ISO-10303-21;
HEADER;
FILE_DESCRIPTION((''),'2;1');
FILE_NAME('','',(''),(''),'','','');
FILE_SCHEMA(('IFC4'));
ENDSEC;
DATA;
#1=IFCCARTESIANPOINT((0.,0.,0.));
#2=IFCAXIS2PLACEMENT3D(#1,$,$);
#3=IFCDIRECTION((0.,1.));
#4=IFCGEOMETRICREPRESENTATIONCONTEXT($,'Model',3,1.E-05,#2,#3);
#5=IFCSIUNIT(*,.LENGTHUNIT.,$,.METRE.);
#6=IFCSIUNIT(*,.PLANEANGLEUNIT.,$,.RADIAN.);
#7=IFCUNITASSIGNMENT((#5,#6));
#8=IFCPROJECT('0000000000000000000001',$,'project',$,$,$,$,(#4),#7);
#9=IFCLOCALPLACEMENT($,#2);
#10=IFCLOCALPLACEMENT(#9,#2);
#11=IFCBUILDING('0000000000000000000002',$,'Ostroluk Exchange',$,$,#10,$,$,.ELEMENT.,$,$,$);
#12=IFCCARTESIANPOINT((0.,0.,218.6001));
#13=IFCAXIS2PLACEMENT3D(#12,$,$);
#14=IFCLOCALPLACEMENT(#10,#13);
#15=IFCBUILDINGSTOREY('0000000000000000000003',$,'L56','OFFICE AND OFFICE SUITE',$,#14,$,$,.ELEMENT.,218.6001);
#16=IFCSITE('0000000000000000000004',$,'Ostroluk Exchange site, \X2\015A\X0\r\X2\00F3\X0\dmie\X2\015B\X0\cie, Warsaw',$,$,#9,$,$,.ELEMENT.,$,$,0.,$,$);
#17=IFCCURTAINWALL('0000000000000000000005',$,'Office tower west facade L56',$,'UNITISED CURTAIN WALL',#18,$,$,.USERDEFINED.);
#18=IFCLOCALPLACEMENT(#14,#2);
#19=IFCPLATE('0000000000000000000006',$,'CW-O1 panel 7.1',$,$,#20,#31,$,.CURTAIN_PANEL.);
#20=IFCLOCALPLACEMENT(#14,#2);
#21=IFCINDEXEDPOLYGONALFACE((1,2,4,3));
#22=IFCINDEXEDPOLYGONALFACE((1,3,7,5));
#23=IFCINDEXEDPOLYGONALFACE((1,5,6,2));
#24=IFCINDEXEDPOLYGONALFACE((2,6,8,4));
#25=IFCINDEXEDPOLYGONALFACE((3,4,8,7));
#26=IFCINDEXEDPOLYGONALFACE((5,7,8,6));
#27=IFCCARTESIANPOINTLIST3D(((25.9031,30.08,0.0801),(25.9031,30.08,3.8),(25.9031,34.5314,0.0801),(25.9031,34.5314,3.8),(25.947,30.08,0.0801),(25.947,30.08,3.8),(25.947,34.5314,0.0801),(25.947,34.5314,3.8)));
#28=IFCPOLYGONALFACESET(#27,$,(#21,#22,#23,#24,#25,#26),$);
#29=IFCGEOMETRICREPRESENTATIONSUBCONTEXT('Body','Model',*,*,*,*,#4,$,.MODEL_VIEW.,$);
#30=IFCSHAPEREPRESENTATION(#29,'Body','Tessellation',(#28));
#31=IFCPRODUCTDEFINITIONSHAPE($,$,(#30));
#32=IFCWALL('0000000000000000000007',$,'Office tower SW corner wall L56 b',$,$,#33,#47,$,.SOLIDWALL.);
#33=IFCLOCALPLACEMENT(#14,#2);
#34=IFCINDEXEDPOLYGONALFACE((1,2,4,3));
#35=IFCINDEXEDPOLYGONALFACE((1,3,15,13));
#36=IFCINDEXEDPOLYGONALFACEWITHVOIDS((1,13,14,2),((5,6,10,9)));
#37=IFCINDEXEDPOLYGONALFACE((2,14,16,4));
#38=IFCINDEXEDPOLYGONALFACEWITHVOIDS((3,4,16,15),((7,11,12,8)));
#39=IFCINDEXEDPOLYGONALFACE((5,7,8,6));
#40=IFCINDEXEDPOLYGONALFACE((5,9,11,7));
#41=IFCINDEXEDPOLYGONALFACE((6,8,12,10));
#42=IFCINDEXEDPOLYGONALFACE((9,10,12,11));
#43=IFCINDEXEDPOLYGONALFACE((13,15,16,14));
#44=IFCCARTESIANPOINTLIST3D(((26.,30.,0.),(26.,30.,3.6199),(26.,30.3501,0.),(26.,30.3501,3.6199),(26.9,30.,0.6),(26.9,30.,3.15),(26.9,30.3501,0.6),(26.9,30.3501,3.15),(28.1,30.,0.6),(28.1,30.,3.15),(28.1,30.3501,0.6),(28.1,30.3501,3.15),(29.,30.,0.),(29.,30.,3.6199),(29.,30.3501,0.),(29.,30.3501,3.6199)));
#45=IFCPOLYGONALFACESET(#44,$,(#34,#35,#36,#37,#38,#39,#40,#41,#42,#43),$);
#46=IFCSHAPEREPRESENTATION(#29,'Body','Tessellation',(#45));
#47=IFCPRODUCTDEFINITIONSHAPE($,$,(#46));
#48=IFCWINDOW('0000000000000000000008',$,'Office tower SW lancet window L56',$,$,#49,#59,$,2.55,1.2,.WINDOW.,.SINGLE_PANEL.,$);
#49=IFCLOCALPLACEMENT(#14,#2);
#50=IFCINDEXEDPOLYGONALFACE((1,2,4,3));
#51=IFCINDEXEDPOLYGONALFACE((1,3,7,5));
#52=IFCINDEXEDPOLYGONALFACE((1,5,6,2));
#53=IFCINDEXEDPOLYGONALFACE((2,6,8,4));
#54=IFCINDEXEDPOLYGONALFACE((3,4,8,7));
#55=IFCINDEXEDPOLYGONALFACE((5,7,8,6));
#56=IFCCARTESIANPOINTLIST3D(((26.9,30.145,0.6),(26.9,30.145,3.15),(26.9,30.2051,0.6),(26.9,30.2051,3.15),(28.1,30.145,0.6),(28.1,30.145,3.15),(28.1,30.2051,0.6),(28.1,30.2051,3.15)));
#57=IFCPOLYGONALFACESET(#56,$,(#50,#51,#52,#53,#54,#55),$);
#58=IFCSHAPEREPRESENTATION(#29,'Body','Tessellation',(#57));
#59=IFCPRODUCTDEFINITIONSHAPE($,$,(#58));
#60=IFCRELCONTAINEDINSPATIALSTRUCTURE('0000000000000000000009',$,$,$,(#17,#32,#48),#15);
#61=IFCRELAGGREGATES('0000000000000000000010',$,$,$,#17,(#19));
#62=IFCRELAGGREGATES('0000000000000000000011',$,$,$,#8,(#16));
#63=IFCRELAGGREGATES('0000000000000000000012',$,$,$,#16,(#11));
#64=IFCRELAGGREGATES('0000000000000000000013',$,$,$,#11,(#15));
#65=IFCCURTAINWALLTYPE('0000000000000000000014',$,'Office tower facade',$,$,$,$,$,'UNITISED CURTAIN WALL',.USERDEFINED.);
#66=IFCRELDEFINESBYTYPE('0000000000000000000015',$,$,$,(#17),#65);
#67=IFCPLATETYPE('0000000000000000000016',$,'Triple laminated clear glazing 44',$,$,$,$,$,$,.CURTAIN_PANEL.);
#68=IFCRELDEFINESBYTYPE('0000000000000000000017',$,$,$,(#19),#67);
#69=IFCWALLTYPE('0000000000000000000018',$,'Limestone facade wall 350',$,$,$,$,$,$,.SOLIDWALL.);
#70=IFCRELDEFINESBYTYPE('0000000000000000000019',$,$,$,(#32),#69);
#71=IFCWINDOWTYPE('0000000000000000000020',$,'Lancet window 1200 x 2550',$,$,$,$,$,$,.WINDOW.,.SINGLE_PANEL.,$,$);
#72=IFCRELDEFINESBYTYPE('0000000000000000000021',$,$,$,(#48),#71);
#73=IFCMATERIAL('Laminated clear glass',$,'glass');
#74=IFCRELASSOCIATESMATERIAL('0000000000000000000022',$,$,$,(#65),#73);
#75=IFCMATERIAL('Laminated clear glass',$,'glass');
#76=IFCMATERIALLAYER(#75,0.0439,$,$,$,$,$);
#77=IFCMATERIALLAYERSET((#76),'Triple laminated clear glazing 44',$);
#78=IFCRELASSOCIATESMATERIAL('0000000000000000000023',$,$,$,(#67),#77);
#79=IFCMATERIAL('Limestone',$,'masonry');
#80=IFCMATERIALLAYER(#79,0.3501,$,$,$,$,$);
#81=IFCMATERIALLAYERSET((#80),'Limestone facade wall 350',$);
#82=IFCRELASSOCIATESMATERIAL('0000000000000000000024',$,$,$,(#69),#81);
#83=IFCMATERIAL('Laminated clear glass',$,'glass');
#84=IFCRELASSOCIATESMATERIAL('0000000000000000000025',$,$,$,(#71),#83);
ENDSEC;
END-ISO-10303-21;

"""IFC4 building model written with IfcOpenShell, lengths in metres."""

from ifc_helpers import new_model, si_unit, direction, frame, frame_2d, origin, origin_2d, place, context, subcontext, project, spatial, rectangle, extrude, material, layer, layer_set, type_object, element, fill, aggregate, save


model = new_model("IFC4")

# Units and contexts
model_context = context("Model", 3, precision=1e-05, world=origin(), true_north=direction((0.0, 1.0)))
body_context = subcontext(model_context, "Body", "Model", "MODEL_VIEW")
ifc_project = project(units=[si_unit("LENGTHUNIT", "METRE"), si_unit("PLANEANGLEUNIT", "RADIAN")], contexts=[model_context])

# Site, building, storey
site_placement = place(None, origin())
site = spatial("IfcSite", under=ifc_project, at=site_placement, Name="Ostroluk Exchange site, Śródmieście, Warsaw", CompositionType="ELEMENT", RefElevation=0.0)
building_placement = place(site_placement, origin())
building = spatial("IfcBuilding", under=site, at=building_placement, Name="Ostroluk Exchange", CompositionType="ELEMENT")
storey_placement = place(building_placement, frame((0.0, 0.0, 218.6001)))
storey = spatial("IfcBuildingStorey", under=building, at=storey_placement, Name="L56", Description="OFFICE AND OFFICE SUITE", CompositionType="ELEMENT", Elevation=218.6001)

# Shared definitions
ifc_material_1 = material(Name="Laminated clear glass", Category="glass")
curtain_wall_type = type_object("IfcCurtainWallType", Name="Office tower facade", ElementType="UNITISED CURTAIN WALL", PredefinedType="USERDEFINED", material=ifc_material_1)

# Curtain wall
curtain_wall_1_placement = place(storey_placement, origin())
curtain_wall_1 = element("IfcCurtainWall", 1, at=curtain_wall_1_placement, inside=storey, type_object=curtain_wall_type, Name="Office tower west facade L56", ObjectType="UNITISED CURTAIN WALL", PredefinedType="USERDEFINED")

# Plate
ifc_material_2 = material(Name="Laminated clear glass", Category="glass")
ifc_layer_1 = layer(ifc_material_2, 0.0439)
ifc_layer_set_1 = layer_set([ifc_layer_1], Name="Triple laminated clear glazing 44")
plate_type_1 = type_object("IfcPlateType", Name="Triple laminated clear glazing 44", PredefinedType="CURTAIN_PANEL", material=ifc_layer_set_1)
plate_1_placement = place(storey_placement, frame((25.925, 32.3057, 0.0801), z_axis=(0.0, 0.0, 1.0), x_axis=(0.0, -1.0, 0.0)))
plate_1 = element("IfcPlate", 2, at=plate_1_placement, type_object=plate_type_1, Name="CW-O1 panel 7.1", PredefinedType="CURTAIN_PANEL", context=body_context, shape_type="SweptSolid", body=[
    extrude(rectangle(XDim=4.4514, YDim=0.0439, at=origin_2d()), origin(), (0.0, 0.0, 1.0), 3.72),
])
aggregate(curtain_wall_1, [plate_1])

# Shared definitions
ifc_material_3 = material(Name="Limestone", Category="masonry")
ifc_layer_2 = layer(ifc_material_3, 0.3501)
ifc_layer_set_2 = layer_set([ifc_layer_2], Name="Limestone facade wall 350")
wall_type = type_object("IfcWallType", Name="Limestone facade wall 350", PredefinedType="SOLIDWALL", material=ifc_layer_set_2)

# Wall, opening, window
wall_1_placement = place(storey_placement, frame((29.0, 30.175, 0.0), z_axis=(0.0, 0.0, 1.0), x_axis=(-1.0, 0.0, 0.0)))
wall_1 = element("IfcWall", 3, at=wall_1_placement, inside=storey, type_object=wall_type, Name="Office tower SW corner wall L56 b", PredefinedType="SOLIDWALL", context=body_context, shape_type="SweptSolid", body=[
    extrude(rectangle(XDim=3.0, YDim=0.3501, at=frame_2d((1.5, 0.0))), origin(), (0.0, 0.0, 1.0), 3.6199),
])
opening_1_placement = place(wall_1_placement, frame((0.8999, 0.0, 0.6001)))
opening_1 = element("IfcOpeningElement", 4, at=opening_1_placement, cuts=wall_1, PredefinedType="OPENING", context=body_context, shape_type="SweptSolid", body=[
    extrude(rectangle(XDim=1.2, YDim=2.55, at=frame_2d((0.6001, 1.2749))), frame((0.0, 0.1851, 0.0), z_axis=(0.0, -1.0, 0.0), x_axis=(1.0, 0.0, 0.0)), (0.0, 0.0, 1.0), 0.3701),
])
ifc_material_4 = material(Name="Laminated clear glass", Category="glass")
window_type = type_object("IfcWindowType", Name="Lancet window 1200 x 2550", PartitioningType="SINGLE_PANEL", PredefinedType="WINDOW", material=ifc_material_4)
window_placement = place(opening_1_placement, origin())
window = element("IfcWindow", 5, at=window_placement, inside=storey, type_object=window_type, Name="Office tower SW lancet window L56", OverallHeight=2.55, OverallWidth=1.2, PartitioningType="SINGLE_PANEL", PredefinedType="WINDOW", context=body_context, shape_type="SweptSolid", body=[
    extrude(rectangle(XDim=1.2, YDim=2.55, at=frame_2d((0.6001, 1.2749))), frame((0.0, 0.03, 0.0), z_axis=(0.0, -1.0, 0.0), x_axis=(1.0, 0.0, 0.0)), (0.0, 0.0, 1.0), 0.0601),
])
fill(opening_1, window)

save(model, "model.ifc")
